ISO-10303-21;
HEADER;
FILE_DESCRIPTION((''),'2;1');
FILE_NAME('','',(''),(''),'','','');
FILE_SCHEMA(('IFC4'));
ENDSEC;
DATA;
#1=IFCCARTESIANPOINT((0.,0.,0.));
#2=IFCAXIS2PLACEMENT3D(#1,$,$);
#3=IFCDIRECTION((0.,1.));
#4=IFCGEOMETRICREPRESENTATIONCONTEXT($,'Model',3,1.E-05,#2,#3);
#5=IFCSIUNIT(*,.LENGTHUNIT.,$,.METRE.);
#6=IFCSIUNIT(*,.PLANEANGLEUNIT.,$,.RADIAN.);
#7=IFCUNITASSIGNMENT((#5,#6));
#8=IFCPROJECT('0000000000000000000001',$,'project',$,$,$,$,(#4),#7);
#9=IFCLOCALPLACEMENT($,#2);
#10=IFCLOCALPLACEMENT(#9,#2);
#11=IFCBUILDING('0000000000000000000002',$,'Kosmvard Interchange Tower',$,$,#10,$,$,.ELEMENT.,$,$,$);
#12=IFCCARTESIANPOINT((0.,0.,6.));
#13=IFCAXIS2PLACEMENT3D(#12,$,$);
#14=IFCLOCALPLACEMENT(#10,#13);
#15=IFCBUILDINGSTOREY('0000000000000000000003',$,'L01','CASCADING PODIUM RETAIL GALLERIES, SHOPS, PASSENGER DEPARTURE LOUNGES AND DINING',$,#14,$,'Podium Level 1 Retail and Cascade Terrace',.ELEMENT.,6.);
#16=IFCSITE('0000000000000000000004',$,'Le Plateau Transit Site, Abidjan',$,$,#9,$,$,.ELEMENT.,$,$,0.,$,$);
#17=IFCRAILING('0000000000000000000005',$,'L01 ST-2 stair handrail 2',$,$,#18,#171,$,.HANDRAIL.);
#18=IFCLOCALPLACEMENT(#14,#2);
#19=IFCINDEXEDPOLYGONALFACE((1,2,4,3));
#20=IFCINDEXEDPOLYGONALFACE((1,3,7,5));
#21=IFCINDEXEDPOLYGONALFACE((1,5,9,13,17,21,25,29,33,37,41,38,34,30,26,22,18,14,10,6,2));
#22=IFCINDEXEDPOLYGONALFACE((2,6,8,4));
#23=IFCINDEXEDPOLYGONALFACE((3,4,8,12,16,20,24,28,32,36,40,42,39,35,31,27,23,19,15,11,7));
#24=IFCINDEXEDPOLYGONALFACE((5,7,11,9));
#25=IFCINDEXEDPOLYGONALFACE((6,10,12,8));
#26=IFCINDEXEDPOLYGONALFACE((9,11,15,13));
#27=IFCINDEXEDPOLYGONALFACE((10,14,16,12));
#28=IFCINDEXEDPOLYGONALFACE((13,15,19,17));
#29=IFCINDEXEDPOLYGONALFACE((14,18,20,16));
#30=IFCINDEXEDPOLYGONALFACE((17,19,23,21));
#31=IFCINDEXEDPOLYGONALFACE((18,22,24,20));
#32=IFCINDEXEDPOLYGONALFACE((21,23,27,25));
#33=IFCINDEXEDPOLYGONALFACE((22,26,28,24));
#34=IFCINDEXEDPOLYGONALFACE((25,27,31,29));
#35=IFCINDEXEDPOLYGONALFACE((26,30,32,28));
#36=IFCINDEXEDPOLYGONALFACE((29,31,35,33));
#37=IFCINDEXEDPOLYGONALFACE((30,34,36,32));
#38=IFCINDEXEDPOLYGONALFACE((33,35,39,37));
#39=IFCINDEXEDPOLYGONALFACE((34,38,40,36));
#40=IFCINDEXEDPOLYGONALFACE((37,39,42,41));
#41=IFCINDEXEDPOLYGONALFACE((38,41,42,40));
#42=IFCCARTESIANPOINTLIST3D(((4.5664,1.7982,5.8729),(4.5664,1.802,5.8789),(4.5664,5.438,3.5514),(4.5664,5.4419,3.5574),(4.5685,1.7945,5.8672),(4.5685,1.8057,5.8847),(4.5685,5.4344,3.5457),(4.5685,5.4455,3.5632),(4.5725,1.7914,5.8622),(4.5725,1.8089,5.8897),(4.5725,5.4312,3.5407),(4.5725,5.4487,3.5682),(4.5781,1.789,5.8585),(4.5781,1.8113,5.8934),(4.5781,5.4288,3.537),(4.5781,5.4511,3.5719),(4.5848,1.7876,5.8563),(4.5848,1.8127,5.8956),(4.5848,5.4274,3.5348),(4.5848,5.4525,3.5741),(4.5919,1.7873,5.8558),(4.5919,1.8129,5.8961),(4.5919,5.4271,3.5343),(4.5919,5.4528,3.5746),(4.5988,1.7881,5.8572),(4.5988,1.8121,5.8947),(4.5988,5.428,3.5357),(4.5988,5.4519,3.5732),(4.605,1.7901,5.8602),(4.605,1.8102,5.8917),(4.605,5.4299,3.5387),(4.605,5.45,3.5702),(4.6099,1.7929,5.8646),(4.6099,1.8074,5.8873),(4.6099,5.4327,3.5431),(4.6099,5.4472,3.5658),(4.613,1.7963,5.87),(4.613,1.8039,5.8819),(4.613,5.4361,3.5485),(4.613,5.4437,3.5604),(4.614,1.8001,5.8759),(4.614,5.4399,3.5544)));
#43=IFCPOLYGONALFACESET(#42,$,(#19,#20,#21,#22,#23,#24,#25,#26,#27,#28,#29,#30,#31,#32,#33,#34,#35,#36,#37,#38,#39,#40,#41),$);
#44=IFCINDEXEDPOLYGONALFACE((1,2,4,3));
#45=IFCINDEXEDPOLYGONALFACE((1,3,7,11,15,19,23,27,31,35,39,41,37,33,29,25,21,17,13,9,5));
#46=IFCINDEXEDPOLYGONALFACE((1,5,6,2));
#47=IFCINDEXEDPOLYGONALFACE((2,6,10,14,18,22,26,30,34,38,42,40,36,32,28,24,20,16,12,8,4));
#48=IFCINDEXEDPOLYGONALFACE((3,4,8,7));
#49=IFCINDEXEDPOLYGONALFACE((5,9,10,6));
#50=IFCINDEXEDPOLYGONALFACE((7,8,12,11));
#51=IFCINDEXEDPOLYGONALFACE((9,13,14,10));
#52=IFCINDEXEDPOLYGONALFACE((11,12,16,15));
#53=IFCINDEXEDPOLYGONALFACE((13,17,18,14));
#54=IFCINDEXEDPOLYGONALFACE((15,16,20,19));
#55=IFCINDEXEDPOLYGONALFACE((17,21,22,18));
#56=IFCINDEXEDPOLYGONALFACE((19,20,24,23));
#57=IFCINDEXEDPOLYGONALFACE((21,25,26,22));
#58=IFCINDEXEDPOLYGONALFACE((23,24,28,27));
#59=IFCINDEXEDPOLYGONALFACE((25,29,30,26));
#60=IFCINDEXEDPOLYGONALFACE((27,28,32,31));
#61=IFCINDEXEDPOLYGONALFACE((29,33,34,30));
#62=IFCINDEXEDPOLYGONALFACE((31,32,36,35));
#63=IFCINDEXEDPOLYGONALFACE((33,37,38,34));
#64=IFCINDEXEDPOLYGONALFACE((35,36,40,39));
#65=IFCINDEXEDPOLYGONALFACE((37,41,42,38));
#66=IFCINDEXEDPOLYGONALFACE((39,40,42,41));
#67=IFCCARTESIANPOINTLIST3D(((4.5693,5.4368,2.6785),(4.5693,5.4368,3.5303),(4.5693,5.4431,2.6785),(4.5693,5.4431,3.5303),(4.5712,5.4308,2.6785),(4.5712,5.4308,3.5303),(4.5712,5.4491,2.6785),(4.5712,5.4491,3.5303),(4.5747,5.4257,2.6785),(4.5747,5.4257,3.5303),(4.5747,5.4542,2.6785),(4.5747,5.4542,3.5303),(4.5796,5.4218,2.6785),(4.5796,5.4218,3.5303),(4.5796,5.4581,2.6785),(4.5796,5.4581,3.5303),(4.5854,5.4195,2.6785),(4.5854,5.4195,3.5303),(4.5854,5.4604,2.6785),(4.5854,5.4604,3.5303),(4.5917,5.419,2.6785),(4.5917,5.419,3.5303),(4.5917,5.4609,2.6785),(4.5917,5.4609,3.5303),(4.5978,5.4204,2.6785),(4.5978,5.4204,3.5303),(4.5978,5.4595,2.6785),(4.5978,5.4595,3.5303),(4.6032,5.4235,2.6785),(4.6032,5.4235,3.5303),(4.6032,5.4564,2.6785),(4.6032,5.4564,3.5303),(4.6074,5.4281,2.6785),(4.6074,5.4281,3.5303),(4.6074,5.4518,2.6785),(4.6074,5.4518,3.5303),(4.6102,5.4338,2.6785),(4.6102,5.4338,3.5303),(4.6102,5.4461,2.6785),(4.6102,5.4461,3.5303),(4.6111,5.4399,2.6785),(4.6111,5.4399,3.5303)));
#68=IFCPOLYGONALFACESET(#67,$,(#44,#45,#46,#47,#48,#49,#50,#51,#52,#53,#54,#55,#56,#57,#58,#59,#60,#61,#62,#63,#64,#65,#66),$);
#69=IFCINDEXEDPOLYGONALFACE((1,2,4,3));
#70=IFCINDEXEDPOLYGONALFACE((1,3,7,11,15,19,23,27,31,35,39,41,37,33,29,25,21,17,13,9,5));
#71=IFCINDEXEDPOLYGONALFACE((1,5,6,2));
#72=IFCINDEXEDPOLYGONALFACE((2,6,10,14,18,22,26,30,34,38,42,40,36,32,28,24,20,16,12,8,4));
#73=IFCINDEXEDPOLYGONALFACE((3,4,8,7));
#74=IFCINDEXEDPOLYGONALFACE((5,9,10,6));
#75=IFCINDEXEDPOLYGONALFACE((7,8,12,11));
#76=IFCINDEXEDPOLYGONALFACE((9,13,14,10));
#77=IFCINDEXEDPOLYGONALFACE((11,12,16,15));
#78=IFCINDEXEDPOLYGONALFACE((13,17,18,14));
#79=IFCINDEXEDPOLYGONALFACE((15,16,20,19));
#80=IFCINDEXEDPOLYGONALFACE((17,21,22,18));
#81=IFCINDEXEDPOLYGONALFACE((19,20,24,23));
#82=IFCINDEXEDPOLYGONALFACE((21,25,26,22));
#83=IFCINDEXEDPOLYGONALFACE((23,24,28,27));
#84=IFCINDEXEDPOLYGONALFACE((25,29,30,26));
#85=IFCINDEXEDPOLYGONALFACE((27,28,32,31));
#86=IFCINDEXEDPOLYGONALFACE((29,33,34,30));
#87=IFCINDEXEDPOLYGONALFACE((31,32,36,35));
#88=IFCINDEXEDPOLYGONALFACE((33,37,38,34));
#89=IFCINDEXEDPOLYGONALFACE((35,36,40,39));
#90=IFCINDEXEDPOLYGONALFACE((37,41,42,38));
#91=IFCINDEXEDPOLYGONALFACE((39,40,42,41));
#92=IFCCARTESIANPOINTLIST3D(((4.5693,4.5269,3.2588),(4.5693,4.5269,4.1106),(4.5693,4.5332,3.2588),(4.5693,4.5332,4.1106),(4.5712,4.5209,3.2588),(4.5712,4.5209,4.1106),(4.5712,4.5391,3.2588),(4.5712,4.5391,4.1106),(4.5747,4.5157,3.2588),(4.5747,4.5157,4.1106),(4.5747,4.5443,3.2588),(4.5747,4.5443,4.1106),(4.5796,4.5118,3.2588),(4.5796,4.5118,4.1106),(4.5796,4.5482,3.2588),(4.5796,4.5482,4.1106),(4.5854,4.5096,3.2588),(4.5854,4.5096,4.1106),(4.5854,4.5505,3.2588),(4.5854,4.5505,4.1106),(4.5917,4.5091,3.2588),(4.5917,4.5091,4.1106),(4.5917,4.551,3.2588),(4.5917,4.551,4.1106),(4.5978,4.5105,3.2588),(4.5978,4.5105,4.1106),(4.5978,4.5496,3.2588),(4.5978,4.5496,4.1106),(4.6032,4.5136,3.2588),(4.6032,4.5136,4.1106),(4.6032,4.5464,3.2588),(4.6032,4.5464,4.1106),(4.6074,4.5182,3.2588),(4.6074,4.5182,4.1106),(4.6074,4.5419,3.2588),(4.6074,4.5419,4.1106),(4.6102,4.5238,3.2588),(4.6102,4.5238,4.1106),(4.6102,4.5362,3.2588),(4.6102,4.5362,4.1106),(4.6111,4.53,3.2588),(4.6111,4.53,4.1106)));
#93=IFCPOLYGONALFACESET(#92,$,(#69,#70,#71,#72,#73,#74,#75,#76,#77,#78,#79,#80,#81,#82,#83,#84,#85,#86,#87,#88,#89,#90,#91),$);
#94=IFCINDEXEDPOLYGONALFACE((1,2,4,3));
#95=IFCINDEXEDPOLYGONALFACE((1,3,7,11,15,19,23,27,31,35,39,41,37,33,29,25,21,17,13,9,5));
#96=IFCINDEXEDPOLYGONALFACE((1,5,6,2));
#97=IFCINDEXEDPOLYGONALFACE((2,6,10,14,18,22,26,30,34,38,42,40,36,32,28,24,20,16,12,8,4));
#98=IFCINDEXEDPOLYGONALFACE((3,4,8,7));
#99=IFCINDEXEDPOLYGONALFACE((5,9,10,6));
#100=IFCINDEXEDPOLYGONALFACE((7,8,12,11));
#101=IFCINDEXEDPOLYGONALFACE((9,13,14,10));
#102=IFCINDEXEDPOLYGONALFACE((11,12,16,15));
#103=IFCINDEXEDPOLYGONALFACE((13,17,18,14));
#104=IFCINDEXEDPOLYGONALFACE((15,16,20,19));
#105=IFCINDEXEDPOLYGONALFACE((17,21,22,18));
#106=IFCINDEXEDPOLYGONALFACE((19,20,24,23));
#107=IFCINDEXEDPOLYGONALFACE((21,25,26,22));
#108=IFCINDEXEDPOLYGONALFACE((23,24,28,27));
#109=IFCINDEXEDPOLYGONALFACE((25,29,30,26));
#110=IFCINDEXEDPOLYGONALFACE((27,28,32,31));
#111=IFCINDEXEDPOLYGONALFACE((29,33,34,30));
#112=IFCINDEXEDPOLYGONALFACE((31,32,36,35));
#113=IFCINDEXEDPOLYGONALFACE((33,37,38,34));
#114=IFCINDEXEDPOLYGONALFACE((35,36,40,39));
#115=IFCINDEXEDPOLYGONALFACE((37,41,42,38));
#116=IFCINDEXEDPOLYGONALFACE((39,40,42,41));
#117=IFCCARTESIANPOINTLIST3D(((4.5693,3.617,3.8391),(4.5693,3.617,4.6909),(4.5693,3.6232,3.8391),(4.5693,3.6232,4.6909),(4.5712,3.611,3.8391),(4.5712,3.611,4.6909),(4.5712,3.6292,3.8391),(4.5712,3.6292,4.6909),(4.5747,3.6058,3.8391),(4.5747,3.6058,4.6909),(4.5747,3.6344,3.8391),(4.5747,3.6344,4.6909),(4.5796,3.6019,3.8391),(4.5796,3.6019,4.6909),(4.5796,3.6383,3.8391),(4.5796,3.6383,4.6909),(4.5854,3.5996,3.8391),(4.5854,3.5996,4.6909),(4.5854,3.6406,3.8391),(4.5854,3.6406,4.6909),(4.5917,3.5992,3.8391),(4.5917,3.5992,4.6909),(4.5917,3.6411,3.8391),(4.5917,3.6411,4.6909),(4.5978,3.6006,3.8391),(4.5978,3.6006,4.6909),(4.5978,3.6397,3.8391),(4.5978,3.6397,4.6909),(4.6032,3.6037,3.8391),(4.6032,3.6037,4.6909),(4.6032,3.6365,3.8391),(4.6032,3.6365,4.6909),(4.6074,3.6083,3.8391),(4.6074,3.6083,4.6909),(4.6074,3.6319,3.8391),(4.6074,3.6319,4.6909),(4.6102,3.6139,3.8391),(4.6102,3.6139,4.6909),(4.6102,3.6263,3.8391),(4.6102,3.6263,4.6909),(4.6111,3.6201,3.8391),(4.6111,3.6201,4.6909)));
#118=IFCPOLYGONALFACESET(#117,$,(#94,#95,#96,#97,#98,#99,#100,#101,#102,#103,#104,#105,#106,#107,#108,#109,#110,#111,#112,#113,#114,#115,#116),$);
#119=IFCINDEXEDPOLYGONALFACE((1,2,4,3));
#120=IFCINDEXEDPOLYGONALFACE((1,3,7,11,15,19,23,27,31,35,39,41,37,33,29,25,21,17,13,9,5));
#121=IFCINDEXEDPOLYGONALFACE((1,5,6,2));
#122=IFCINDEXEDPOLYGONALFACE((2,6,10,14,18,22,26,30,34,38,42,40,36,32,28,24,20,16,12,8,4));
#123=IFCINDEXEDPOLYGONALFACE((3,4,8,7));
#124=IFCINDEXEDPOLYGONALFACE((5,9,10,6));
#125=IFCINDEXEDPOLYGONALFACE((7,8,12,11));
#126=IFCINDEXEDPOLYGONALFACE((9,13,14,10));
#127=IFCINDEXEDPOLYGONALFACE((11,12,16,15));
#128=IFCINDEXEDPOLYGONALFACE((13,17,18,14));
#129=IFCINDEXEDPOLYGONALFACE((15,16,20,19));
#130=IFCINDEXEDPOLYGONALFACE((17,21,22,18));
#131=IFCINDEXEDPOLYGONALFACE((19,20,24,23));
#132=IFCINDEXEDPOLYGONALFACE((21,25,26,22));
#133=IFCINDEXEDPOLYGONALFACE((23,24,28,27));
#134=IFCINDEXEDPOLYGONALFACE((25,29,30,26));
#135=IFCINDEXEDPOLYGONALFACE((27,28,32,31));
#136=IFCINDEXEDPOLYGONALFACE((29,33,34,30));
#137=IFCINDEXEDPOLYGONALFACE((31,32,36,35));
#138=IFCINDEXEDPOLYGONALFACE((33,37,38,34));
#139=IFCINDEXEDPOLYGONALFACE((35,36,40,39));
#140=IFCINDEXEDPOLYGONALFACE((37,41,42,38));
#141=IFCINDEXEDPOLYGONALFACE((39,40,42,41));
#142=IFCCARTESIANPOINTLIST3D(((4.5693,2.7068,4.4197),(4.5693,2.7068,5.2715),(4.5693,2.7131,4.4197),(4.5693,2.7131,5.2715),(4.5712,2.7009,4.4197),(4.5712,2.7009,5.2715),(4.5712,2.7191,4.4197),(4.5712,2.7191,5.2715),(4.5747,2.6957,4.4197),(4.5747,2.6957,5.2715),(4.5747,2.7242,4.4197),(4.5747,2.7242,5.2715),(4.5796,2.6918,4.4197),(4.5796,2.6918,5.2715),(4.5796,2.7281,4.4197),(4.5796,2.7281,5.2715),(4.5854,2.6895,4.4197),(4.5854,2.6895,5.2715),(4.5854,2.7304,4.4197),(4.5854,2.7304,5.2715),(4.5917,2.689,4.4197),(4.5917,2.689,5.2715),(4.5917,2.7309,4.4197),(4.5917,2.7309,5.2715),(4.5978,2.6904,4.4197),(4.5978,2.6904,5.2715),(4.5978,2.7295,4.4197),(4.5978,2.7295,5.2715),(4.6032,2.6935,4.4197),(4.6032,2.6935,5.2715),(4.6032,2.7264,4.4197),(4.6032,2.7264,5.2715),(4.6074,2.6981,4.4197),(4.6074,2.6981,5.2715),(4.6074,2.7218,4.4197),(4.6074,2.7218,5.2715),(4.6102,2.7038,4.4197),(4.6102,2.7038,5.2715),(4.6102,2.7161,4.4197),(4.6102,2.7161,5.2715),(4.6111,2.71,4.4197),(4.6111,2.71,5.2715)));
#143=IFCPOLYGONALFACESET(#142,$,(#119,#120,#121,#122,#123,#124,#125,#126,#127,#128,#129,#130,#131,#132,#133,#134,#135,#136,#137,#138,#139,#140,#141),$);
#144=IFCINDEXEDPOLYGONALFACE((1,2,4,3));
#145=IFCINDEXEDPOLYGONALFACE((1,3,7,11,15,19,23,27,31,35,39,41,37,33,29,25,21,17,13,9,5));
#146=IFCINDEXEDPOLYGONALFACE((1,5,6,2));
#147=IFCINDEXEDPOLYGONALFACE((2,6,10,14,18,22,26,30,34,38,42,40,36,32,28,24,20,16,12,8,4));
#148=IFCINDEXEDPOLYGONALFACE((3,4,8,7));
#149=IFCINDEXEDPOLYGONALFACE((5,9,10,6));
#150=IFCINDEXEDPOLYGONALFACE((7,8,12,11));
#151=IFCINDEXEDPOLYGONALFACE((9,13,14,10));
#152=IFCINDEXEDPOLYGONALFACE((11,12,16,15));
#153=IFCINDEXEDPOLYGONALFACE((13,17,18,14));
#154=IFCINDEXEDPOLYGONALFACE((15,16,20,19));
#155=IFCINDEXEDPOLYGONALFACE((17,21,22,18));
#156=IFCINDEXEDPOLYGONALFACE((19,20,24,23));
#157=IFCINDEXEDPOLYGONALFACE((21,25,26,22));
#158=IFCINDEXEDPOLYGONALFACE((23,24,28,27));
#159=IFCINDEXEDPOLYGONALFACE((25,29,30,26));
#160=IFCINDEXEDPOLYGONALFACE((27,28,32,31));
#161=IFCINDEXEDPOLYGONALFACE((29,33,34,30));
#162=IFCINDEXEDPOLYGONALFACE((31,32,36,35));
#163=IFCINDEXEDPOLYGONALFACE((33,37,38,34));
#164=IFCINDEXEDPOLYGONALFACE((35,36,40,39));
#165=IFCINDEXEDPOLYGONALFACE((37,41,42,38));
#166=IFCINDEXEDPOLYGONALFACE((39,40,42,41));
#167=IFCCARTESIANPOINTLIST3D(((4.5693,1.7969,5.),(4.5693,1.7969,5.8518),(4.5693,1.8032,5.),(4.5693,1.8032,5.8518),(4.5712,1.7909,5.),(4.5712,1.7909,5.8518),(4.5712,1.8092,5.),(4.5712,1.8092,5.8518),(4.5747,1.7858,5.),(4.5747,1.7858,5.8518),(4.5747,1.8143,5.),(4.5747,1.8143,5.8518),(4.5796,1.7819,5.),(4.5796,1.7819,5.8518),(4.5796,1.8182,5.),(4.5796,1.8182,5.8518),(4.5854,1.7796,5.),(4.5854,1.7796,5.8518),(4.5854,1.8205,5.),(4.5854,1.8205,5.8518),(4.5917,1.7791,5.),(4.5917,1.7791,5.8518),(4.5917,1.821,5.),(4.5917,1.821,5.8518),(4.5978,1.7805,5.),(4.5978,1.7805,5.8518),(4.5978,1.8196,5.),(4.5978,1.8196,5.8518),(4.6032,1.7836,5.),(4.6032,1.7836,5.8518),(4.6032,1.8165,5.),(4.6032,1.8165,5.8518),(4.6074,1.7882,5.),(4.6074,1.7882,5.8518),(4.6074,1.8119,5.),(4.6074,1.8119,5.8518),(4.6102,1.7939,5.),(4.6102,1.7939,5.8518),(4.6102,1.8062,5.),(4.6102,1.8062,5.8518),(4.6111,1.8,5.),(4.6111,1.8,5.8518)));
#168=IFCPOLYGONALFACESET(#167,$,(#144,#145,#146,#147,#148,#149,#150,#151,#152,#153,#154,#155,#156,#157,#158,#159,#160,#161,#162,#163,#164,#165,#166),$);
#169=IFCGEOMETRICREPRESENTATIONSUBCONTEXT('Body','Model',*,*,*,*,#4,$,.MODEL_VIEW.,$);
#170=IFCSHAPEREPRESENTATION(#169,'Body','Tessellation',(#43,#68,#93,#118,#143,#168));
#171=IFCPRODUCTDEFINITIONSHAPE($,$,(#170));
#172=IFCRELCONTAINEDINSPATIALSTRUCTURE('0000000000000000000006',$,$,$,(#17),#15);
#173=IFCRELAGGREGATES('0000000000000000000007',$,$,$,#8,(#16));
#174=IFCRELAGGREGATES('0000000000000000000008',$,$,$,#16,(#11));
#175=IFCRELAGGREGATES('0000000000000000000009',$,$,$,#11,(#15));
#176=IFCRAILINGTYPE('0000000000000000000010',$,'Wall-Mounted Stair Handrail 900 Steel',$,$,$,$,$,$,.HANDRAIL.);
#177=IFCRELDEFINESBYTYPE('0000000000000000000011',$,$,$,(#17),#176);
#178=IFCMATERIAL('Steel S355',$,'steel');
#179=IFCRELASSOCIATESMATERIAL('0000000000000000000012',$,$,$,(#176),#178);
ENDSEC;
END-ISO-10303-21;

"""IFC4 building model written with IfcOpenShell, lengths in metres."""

from ifc_helpers import new_model, si_unit, direction, frame, origin, origin_2d, place, context, subcontext, project, spatial, circle, extrude, source, transform, mapped, material, type_object, element, save


model = new_model("IFC4")

# Units and contexts
model_context = context("Model", 3, precision=1e-05, world=origin(), true_north=direction((0.0, 1.0)))
body_context = subcontext(model_context, "Body", "Model", "MODEL_VIEW")
ifc_project = project(units=[si_unit("LENGTHUNIT", "METRE"), si_unit("PLANEANGLEUNIT", "RADIAN")], contexts=[model_context])

# Site, building, storey
site_placement = place(None, origin())
site = spatial("IfcSite", under=ifc_project, at=site_placement, Name="Le Plateau Transit Site, Abidjan", CompositionType="ELEMENT", RefElevation=0.0)
building_placement = place(site_placement, origin())
building = spatial("IfcBuilding", under=site, at=building_placement, Name="Kosmvard Interchange Tower", CompositionType="ELEMENT")
storey_placement = place(building_placement, frame((0.0, 0.0, 6.0)))
storey = spatial("IfcBuildingStorey", under=building, at=storey_placement, Name="L01", Description="CASCADING PODIUM RETAIL GALLERIES, SHOPS, PASSENGER DEPARTURE LOUNGES AND DINING", LongName="Podium Level 1 Retail and Cascade Terrace", CompositionType="ELEMENT", Elevation=6.0)

# Shared definitions
ifc_material_1 = material(Name="Steel S355", Category="steel")

# Railing
railing_type_1 = type_object("IfcRailingType", Name="Wall-Mounted Stair Handrail 900 Steel", PredefinedType="HANDRAIL", material=ifc_material_1)
shared_shape_1 = source(origin(), body_context, "Body", "SweptSolid", [
    extrude(circle(Radius=0.0239, at=origin_2d()), frame((0.0, 0.0, 0.876), z_axis=(0.0, -0.843112, 0.537739), x_axis=(1.0, 0.0, 0.0)), (0.0, 0.0, 1.0), 4.3171),
    extrude(circle(Radius=0.021, at=origin_2d()), origin(), (0.0, 0.0, 1.0), 0.8518),
    extrude(circle(Radius=0.021, at=origin_2d()), frame((0.0, -0.9099, 0.5803)), (0.0, 0.0, 1.0), 0.8518),
    extrude(circle(Radius=0.021, at=origin_2d()), frame((0.0, -1.8198, 1.1606)), (0.0, 0.0, 1.0), 0.8518),
    extrude(circle(Radius=0.021, at=origin_2d()), frame((0.0, -2.73, 1.7412)), (0.0, 0.0, 1.0), 0.8518),
    extrude(circle(Radius=0.021, at=origin_2d()), frame((0.0, -3.6399, 2.3215)), (0.0, 0.0, 1.0), 0.8518),
])
railing_1_placement = place(storey_placement, frame((4.5901, 5.4399, 2.6785)))
element("IfcRailing", 1, at=railing_1_placement, inside=storey, type_object=railing_type_1, Name="L01 ST-2 stair handrail 2", PredefinedType="HANDRAIL", context=body_context, shape_type="MappedRepresentation", body=[
    mapped(shared_shape_1, transform((0.0, 0.0, 0.0), scale=1.0)),
])

save(model, "model.ifc")
